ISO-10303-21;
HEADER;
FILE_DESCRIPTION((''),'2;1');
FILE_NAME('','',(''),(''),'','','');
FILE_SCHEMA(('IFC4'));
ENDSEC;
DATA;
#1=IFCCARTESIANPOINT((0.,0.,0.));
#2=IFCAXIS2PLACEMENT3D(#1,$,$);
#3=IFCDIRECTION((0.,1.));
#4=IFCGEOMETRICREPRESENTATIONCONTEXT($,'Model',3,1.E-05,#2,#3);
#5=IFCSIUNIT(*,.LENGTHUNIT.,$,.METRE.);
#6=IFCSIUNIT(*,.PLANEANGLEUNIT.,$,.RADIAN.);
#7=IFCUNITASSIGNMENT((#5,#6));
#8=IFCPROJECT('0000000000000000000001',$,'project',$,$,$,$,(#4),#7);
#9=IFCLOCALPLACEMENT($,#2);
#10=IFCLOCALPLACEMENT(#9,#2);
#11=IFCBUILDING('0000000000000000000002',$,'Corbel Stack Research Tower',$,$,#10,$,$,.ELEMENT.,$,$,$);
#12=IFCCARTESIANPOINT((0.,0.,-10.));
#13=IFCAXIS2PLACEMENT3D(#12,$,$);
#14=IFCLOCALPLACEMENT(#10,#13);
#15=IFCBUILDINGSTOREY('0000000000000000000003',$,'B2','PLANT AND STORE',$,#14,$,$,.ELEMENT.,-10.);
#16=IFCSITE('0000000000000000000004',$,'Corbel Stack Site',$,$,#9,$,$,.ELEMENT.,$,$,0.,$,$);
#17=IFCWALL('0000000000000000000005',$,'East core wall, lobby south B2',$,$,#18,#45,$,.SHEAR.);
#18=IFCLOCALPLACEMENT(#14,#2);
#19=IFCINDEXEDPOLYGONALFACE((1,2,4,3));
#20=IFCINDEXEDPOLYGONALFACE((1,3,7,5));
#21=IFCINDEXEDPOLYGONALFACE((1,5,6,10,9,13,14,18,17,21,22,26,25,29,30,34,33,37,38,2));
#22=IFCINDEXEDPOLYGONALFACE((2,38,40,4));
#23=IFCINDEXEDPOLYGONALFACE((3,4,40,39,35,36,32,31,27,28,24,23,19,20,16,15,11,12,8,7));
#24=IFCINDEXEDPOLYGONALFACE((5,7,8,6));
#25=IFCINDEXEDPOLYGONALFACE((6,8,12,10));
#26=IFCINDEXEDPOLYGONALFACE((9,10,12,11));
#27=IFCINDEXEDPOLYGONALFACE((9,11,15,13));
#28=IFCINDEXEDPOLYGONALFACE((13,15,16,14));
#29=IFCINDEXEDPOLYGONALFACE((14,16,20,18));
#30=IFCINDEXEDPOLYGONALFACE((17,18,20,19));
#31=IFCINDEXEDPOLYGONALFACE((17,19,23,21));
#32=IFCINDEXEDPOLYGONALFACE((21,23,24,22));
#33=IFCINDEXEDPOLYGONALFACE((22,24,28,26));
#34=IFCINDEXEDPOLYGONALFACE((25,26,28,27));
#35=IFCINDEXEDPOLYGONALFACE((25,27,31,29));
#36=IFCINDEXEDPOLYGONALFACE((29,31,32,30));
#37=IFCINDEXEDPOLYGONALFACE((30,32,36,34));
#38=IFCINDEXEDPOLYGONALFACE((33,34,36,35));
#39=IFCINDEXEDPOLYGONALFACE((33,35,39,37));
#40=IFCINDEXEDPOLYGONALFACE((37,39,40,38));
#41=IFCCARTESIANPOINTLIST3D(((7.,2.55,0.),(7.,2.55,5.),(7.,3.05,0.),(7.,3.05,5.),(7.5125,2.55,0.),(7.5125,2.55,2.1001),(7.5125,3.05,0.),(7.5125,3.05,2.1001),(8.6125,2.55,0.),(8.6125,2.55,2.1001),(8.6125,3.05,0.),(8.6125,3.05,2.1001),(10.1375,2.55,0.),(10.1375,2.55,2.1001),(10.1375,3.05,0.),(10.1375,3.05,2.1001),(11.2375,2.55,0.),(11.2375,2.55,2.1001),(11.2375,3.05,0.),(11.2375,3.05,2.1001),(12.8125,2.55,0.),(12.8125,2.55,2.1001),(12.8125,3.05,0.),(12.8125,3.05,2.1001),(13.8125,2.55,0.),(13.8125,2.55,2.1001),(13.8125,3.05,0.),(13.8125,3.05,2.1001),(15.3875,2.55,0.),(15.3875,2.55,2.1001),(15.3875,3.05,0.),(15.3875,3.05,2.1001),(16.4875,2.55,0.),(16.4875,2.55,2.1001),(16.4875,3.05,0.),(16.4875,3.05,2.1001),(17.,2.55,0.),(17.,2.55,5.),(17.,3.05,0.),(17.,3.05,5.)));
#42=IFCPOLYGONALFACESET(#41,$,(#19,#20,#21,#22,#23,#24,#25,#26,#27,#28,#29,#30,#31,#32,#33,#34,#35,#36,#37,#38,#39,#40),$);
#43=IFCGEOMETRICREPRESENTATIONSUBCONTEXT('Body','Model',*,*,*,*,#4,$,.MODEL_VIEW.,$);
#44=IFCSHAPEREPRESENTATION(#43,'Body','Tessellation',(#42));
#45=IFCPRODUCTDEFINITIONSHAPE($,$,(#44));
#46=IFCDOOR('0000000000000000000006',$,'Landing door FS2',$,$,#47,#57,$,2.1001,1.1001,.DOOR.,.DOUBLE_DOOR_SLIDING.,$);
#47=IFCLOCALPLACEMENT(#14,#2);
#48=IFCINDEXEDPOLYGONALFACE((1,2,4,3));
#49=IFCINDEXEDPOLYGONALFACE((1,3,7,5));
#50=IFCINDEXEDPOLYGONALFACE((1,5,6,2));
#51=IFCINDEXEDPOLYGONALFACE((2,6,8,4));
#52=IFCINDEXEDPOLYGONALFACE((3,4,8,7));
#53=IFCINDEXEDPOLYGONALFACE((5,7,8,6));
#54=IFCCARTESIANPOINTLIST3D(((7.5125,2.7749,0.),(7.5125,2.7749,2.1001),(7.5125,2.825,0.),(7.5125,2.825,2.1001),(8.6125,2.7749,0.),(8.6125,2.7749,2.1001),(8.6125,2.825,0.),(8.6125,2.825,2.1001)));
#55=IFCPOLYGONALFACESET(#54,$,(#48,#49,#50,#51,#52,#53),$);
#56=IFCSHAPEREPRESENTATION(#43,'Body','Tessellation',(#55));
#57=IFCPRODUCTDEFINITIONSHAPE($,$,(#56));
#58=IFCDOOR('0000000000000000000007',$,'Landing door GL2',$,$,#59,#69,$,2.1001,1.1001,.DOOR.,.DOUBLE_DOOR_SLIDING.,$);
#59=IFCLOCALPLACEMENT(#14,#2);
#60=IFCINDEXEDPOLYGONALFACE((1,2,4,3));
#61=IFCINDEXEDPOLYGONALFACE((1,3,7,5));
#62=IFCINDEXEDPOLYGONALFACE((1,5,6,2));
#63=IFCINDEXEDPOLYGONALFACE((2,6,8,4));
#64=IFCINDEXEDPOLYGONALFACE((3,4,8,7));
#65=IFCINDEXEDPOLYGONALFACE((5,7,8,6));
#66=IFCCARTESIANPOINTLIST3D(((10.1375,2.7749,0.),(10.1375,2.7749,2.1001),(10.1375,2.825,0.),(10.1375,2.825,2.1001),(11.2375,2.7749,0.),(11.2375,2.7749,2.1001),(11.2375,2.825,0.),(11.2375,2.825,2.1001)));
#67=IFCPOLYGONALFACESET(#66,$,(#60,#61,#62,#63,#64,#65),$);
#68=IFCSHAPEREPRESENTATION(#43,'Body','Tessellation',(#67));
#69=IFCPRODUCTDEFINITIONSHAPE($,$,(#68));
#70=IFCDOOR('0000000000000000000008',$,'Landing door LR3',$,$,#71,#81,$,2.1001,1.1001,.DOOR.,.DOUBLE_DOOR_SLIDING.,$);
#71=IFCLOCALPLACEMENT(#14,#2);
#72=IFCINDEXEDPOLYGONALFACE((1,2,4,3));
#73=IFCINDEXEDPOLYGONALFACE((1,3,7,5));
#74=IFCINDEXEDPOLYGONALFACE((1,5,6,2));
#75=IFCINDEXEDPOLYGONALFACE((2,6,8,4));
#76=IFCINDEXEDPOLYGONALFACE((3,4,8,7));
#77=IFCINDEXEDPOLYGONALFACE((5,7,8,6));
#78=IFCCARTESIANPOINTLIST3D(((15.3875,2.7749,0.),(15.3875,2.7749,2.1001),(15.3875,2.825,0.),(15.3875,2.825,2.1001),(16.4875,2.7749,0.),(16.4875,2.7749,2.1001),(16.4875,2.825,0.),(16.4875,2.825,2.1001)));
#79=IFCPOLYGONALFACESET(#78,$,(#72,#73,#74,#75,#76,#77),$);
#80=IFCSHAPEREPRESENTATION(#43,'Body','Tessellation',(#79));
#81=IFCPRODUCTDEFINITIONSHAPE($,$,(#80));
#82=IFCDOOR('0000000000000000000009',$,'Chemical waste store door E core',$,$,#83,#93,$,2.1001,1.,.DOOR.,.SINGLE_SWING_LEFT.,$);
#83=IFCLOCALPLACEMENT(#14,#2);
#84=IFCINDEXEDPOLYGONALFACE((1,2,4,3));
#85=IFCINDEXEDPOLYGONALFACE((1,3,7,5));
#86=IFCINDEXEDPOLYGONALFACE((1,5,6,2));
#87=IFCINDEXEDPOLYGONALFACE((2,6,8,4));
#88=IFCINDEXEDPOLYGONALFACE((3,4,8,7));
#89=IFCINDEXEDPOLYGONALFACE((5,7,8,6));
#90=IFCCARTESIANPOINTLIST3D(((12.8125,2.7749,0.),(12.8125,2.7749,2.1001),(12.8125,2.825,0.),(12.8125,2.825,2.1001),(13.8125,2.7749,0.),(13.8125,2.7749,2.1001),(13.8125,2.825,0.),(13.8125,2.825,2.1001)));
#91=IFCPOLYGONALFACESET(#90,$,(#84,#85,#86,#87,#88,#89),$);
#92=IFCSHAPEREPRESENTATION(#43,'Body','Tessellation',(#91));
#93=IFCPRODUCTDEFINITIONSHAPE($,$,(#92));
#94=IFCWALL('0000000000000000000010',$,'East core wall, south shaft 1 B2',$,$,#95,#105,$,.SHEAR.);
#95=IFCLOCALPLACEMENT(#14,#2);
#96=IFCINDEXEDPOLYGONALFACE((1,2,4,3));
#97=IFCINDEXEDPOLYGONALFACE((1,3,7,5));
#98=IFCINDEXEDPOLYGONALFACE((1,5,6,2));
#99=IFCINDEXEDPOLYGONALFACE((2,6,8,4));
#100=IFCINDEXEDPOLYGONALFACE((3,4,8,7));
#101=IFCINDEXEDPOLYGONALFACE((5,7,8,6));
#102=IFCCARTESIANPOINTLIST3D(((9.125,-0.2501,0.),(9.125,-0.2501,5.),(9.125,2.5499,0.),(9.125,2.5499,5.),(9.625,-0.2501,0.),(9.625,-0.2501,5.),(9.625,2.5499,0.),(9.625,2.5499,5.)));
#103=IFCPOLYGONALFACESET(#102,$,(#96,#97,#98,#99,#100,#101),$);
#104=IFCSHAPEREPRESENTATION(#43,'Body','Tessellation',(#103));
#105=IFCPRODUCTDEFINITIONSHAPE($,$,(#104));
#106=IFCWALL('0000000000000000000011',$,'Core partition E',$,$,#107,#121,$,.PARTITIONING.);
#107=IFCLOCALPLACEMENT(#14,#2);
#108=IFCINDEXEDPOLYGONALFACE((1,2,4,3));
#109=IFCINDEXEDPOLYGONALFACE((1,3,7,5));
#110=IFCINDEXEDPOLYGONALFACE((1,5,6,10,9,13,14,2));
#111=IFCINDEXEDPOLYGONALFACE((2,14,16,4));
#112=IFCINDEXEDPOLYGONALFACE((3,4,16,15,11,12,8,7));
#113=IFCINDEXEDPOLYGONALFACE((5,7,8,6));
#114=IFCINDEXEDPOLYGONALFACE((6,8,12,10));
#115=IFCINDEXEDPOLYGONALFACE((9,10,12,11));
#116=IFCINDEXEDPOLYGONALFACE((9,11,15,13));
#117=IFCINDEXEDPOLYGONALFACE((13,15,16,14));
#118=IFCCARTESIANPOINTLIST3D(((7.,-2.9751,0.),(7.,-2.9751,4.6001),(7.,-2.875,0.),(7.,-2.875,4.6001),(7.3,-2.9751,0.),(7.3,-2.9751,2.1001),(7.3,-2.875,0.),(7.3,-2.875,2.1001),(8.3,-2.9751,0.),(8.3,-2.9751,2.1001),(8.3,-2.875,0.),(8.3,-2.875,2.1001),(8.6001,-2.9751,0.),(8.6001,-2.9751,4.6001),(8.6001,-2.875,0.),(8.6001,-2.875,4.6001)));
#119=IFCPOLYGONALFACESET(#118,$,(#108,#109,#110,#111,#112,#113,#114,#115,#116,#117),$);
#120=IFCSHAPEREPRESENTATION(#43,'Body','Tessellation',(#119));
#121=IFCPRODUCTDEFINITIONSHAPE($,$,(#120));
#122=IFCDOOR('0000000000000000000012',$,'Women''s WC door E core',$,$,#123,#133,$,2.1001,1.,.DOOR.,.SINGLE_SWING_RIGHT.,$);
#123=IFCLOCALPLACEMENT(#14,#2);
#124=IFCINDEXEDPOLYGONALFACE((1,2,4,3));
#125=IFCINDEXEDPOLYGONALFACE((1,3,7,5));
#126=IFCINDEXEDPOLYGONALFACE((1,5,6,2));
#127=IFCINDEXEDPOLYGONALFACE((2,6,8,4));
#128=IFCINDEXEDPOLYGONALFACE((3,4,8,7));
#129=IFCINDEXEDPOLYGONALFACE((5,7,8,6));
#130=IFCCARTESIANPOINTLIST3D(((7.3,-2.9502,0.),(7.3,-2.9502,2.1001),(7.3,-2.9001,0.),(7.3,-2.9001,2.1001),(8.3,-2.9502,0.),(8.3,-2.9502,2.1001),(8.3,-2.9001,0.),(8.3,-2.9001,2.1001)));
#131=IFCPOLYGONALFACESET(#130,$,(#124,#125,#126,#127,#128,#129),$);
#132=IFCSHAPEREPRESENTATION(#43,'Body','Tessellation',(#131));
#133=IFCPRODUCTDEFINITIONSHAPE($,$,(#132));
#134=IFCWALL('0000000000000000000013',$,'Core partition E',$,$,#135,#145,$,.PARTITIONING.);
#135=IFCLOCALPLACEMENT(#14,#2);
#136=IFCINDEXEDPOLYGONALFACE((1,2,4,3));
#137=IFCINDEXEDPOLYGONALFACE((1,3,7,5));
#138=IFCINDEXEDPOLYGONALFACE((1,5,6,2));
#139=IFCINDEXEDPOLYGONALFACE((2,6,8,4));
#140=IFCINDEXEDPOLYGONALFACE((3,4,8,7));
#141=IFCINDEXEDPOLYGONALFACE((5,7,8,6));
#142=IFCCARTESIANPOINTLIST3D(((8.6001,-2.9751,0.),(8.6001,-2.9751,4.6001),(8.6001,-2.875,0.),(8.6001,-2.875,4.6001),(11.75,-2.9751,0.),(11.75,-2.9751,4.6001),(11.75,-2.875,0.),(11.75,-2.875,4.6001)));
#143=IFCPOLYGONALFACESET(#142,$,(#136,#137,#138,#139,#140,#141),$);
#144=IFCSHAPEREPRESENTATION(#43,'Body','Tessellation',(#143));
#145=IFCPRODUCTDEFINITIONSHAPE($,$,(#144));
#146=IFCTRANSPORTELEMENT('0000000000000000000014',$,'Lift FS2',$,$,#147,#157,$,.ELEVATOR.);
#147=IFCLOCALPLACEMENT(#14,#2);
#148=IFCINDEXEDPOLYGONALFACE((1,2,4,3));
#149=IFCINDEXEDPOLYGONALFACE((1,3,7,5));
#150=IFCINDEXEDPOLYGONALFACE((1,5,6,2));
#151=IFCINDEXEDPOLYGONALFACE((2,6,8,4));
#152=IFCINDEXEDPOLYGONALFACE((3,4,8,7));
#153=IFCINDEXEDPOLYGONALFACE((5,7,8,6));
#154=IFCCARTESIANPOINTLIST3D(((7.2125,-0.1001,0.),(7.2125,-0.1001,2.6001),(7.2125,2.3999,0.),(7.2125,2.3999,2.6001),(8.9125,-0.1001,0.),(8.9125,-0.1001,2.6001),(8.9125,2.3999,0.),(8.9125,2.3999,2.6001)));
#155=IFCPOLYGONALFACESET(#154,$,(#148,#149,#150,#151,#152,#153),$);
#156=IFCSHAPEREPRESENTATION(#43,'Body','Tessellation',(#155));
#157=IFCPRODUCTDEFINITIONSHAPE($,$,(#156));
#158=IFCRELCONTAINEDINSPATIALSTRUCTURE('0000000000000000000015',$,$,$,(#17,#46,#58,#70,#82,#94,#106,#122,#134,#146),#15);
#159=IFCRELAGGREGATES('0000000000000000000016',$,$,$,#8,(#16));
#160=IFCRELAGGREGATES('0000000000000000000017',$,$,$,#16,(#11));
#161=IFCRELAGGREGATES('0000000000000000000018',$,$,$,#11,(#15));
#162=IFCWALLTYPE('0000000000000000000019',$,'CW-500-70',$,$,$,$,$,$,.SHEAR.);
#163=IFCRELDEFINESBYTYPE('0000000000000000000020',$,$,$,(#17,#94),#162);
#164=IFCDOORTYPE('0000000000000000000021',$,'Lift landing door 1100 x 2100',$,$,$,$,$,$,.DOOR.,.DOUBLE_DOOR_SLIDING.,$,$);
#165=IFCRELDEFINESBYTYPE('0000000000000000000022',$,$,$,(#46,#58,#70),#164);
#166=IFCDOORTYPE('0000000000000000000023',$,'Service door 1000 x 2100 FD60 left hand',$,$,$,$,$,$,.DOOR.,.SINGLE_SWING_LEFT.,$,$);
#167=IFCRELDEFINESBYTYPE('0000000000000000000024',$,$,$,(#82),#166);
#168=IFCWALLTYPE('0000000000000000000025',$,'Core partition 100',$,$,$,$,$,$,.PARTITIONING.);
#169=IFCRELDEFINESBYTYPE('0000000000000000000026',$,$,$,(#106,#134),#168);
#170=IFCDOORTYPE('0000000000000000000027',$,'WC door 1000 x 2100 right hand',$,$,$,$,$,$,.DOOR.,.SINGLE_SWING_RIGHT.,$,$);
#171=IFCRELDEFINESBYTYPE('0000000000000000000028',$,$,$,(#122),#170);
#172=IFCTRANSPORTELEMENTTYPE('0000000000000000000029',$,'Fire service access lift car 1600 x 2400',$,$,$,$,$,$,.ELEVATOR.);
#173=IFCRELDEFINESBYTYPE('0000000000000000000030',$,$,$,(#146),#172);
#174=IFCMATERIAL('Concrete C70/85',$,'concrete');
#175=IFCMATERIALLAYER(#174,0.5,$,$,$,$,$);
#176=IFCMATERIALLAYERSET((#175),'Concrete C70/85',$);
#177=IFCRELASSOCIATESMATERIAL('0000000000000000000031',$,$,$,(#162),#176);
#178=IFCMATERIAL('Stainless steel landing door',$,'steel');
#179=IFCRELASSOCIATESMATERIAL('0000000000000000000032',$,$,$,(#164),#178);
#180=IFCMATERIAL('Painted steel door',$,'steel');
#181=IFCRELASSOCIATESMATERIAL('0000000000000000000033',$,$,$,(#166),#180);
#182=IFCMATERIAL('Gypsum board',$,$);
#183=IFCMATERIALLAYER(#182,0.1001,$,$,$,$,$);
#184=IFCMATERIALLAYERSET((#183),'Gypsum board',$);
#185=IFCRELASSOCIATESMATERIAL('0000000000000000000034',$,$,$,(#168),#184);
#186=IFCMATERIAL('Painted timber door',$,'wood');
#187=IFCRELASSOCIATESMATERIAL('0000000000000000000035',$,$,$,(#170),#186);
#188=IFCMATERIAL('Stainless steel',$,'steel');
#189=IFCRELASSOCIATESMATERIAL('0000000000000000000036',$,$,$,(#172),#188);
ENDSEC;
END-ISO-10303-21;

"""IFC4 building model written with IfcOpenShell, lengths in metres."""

from ifc_helpers import new_model, si_unit, direction, frame, frame_2d, origin, origin_2d, place, context, subcontext, project, spatial, rectangle, extrude, material, layer, layer_set, type_object, element, fill, save


model = new_model("IFC4")

# Units and contexts
model_context = context("Model", 3, precision=1e-05, world=origin(), true_north=direction((0.0, 1.0)))
body_context = subcontext(model_context, "Body", "Model", "MODEL_VIEW")
ifc_project = project(units=[si_unit("LENGTHUNIT", "METRE"), si_unit("PLANEANGLEUNIT", "RADIAN")], contexts=[model_context])

# Site, building, storey
site_placement = place(None, origin())
site = spatial("IfcSite", under=ifc_project, at=site_placement, Name="Corbel Stack Site", CompositionType="ELEMENT", RefElevation=0.0)
building_placement = place(site_placement, origin())
building = spatial("IfcBuilding", under=site, at=building_placement, Name="Corbel Stack Research Tower", CompositionType="ELEMENT")
storey_placement = place(building_placement, frame((0.0, 0.0, -10.0)))
storey = spatial("IfcBuildingStorey", under=building, at=storey_placement, Name="B2", Description="PLANT AND STORE", CompositionType="ELEMENT", Elevation=-10.0)

# Shared definitions
ifc_material_1 = material(Name="Concrete C70/85", Category="concrete")
ifc_layer_1 = layer(ifc_material_1, 0.5)
ifc_layer_set_1 = layer_set([ifc_layer_1], Name="Concrete C70/85")
wall_type_1 = type_object("IfcWallType", Name="CW-500-70", PredefinedType="SHEAR", material=ifc_layer_set_1)

# Wall, openings, doors
wall_1_placement = place(storey_placement, frame((7.0, 2.8, 0.0), z_axis=(0.0, 0.0, 1.0), x_axis=(1.0, 0.0, 0.0)))
wall_1 = element("IfcWall", 1, at=wall_1_placement, inside=storey, type_object=wall_type_1, Name="East core wall, lobby south B2", PredefinedType="SHEAR", context=body_context, shape_type="SweptSolid", body=[
    extrude(rectangle(XDim=10.0, YDim=0.5, at=frame_2d((5.0, 0.0))), origin(), (0.0, 0.0, 1.0), 5.0),
])
opening_1_placement = place(wall_1_placement, frame((0.5125, 0.0, 0.0)))
opening_1 = element("IfcOpeningElement", 2, at=opening_1_placement, cuts=wall_1, PredefinedType="OPENING", context=body_context, shape_type="SweptSolid", body=[
    extrude(rectangle(XDim=1.1001, YDim=2.1001, at=frame_2d((0.55, 1.05))), frame((0.0, 0.26, 0.0), z_axis=(0.0, -1.0, 0.0), x_axis=(1.0, 0.0, 0.0)), (0.0, 0.0, 1.0), 0.52),
])
opening_2_placement = place(wall_1_placement, frame((3.1375, 0.0, 0.0)))
opening_2 = element("IfcOpeningElement", 3, at=opening_2_placement, cuts=wall_1, PredefinedType="OPENING", context=body_context, shape_type="SweptSolid", body=[
    extrude(rectangle(XDim=1.1001, YDim=2.1001, at=frame_2d((0.55, 1.05))), frame((0.0, 0.26, 0.0), z_axis=(0.0, -1.0, 0.0), x_axis=(1.0, 0.0, 0.0)), (0.0, 0.0, 1.0), 0.52),
])
opening_3_placement = place(wall_1_placement, frame((8.3875, 0.0, 0.0)))
opening_3 = element("IfcOpeningElement", 4, at=opening_3_placement, cuts=wall_1, PredefinedType="OPENING", context=body_context, shape_type="SweptSolid", body=[
    extrude(rectangle(XDim=1.1001, YDim=2.1001, at=frame_2d((0.55, 1.05))), frame((0.0, 0.26, 0.0), z_axis=(0.0, -1.0, 0.0), x_axis=(1.0, 0.0, 0.0)), (0.0, 0.0, 1.0), 0.52),
])
opening_4_placement = place(wall_1_placement, frame((5.8125, 0.0, 0.0)))
opening_4 = element("IfcOpeningElement", 5, at=opening_4_placement, cuts=wall_1, PredefinedType="OPENING", context=body_context, shape_type="SweptSolid", body=[
    extrude(rectangle(XDim=1.0, YDim=2.1001, at=frame_2d((0.5, 1.05))), frame((0.0, 0.26, 0.0), z_axis=(0.0, -1.0, 0.0), x_axis=(1.0, 0.0, 0.0)), (0.0, 0.0, 1.0), 0.52),
])
ifc_material_2 = material(Name="Stainless steel landing door", Category="steel")
door_type_1 = type_object("IfcDoorType", Name="Lift landing door 1100 x 2100", OperationType="DOUBLE_DOOR_SLIDING", PredefinedType="DOOR", material=ifc_material_2)
door_1_placement = place(opening_1_placement, origin())
door_1 = element("IfcDoor", 6, at=door_1_placement, inside=storey, type_object=door_type_1, Name="Landing door FS2", OperationType="DOUBLE_DOOR_SLIDING", OverallHeight=2.1001, OverallWidth=1.1001, PredefinedType="DOOR", context=body_context, shape_type="SweptSolid", body=[
    extrude(rectangle(XDim=1.1001, YDim=2.1001, at=frame_2d((0.55, 1.05))), frame((0.0, 0.0249, 0.0), z_axis=(0.0, -1.0, 0.0), x_axis=(1.0, 0.0, 0.0)), (0.0, 0.0, 1.0), 0.05),
])
fill(opening_1, door_1)
door_2_placement = place(opening_2_placement, origin())
door_2 = element("IfcDoor", 7, at=door_2_placement, inside=storey, type_object=door_type_1, Name="Landing door GL2", OperationType="DOUBLE_DOOR_SLIDING", OverallHeight=2.1001, OverallWidth=1.1001, PredefinedType="DOOR", context=body_context, shape_type="SweptSolid", body=[
    extrude(rectangle(XDim=1.1001, YDim=2.1001, at=frame_2d((0.55, 1.05))), frame((0.0, 0.0249, 0.0), z_axis=(0.0, -1.0, 0.0), x_axis=(1.0, 0.0, 0.0)), (0.0, 0.0, 1.0), 0.05),
])
fill(opening_2, door_2)
door_3_placement = place(opening_3_placement, origin())
door_3 = element("IfcDoor", 8, at=door_3_placement, inside=storey, type_object=door_type_1, Name="Landing door LR3", OperationType="DOUBLE_DOOR_SLIDING", OverallHeight=2.1001, OverallWidth=1.1001, PredefinedType="DOOR", context=body_context, shape_type="SweptSolid", body=[
    extrude(rectangle(XDim=1.1001, YDim=2.1001, at=frame_2d((0.55, 1.05))), frame((0.0, 0.0249, 0.0), z_axis=(0.0, -1.0, 0.0), x_axis=(1.0, 0.0, 0.0)), (0.0, 0.0, 1.0), 0.05),
])
fill(opening_3, door_3)
ifc_material_3 = material(Name="Painted steel door", Category="steel")
door_type_2 = type_object("IfcDoorType", Name="Service door 1000 x 2100 FD60 left hand", OperationType="SINGLE_SWING_LEFT", PredefinedType="DOOR", material=ifc_material_3)
door_4_placement = place(opening_4_placement, origin())
door_4 = element("IfcDoor", 9, at=door_4_placement, inside=storey, type_object=door_type_2, Name="Chemical waste store door E core", OperationType="SINGLE_SWING_LEFT", OverallHeight=2.1001, OverallWidth=1.0, PredefinedType="DOOR", context=body_context, shape_type="SweptSolid", body=[
    extrude(rectangle(XDim=1.0, YDim=2.1001, at=frame_2d((0.5, 1.05))), frame((0.0, 0.0249, 0.0), z_axis=(0.0, -1.0, 0.0), x_axis=(1.0, 0.0, 0.0)), (0.0, 0.0, 1.0), 0.05),
])
fill(opening_4, door_4)

# Wall
wall_2_placement = place(storey_placement, frame((9.375, -0.25, 0.0), z_axis=(0.0, 0.0, 1.0), x_axis=(0.0, 1.0, 0.0)))
element("IfcWall", 10, at=wall_2_placement, inside=storey, type_object=wall_type_1, Name="East core wall, south shaft 1 B2", PredefinedType="SHEAR", context=body_context, shape_type="SweptSolid", body=[
    extrude(rectangle(XDim=2.8, YDim=0.5, at=frame_2d((1.3999, 0.0))), origin(), (0.0, 0.0, 1.0), 5.0),
])

# Wall, opening, door
ifc_material_4 = material(Name="Gypsum board")
ifc_layer_2 = layer(ifc_material_4, 0.1001)
ifc_layer_set_2 = layer_set([ifc_layer_2], Name="Gypsum board")
wall_type_2 = type_object("IfcWallType", Name="Core partition 100", PredefinedType="PARTITIONING", material=ifc_layer_set_2)
wall_3_placement = place(storey_placement, frame((7.0, -2.925, 0.0), z_axis=(0.0, 0.0, 1.0), x_axis=(1.0, 0.0, 0.0)))
wall_3 = element("IfcWall", 11, at=wall_3_placement, inside=storey, type_object=wall_type_2, Name="Core partition E", PredefinedType="PARTITIONING", context=body_context, shape_type="SweptSolid", body=[
    extrude(rectangle(XDim=1.6001, YDim=0.1001, at=frame_2d((0.8, 0.0))), origin(), (0.0, 0.0, 1.0), 4.6001),
])
opening_5_placement = place(wall_3_placement, frame((0.3, 0.0, 0.0)))
opening_5 = element("IfcOpeningElement", 12, at=opening_5_placement, cuts=wall_3, PredefinedType="OPENING", context=body_context, shape_type="SweptSolid", body=[
    extrude(rectangle(XDim=1.0, YDim=2.1001, at=frame_2d((0.5, 1.05))), frame((0.0, 0.0601, 0.0), z_axis=(0.0, -1.0, 0.0), x_axis=(1.0, 0.0, 0.0)), (0.0, 0.0, 1.0), 0.1201),
])
ifc_material_5 = material(Name="Painted timber door", Category="wood")
door_type_3 = type_object("IfcDoorType", Name="WC door 1000 x 2100 right hand", OperationType="SINGLE_SWING_RIGHT", PredefinedType="DOOR", material=ifc_material_5)
door_5_placement = place(opening_5_placement, origin())
door_5 = element("IfcDoor", 13, at=door_5_placement, inside=storey, type_object=door_type_3, Name="Women's WC door E core", OperationType="SINGLE_SWING_RIGHT", OverallHeight=2.1001, OverallWidth=1.0, PredefinedType="DOOR", context=body_context, shape_type="SweptSolid", body=[
    extrude(rectangle(XDim=1.0, YDim=2.1001, at=frame_2d((0.5, 1.05))), frame((0.0, 0.0249, 0.0), z_axis=(0.0, -1.0, 0.0), x_axis=(1.0, 0.0, 0.0)), (0.0, 0.0, 1.0), 0.05),
])
fill(opening_5, door_5)

# Wall
wall_4_placement = place(storey_placement, frame((8.6001, -2.925, 0.0), z_axis=(0.0, 0.0, 1.0), x_axis=(1.0, 0.0, 0.0)))
element("IfcWall", 14, at=wall_4_placement, inside=storey, type_object=wall_type_2, Name="Core partition E", PredefinedType="PARTITIONING", context=body_context, shape_type="SweptSolid", body=[
    extrude(rectangle(XDim=3.1499, YDim=0.1001, at=frame_2d((1.575, 0.0))), origin(), (0.0, 0.0, 1.0), 4.6001),
])

# Transport element
ifc_material_6 = material(Name="Stainless steel", Category="steel")
transport_element_type = type_object("IfcTransportElementType", Name="Fire service access lift car 1600 x 2400", PredefinedType="ELEVATOR", material=ifc_material_6)
transport_element_placement = place(storey_placement, frame((8.0625, 1.1499, 0.0), z_axis=(0.0, 0.0, 1.0), x_axis=(1.0, 0.0, 0.0)))
element("IfcTransportElement", 15, at=transport_element_placement, inside=storey, type_object=transport_element_type, Name="Lift FS2", PredefinedType="ELEVATOR", context=body_context, shape_type="SweptSolid", body=[
    extrude(rectangle(XDim=1.7, YDim=2.5, at=origin_2d()), origin(), (0.0, 0.0, 1.0), 2.6001),
])

save(model, "model.ifc")
